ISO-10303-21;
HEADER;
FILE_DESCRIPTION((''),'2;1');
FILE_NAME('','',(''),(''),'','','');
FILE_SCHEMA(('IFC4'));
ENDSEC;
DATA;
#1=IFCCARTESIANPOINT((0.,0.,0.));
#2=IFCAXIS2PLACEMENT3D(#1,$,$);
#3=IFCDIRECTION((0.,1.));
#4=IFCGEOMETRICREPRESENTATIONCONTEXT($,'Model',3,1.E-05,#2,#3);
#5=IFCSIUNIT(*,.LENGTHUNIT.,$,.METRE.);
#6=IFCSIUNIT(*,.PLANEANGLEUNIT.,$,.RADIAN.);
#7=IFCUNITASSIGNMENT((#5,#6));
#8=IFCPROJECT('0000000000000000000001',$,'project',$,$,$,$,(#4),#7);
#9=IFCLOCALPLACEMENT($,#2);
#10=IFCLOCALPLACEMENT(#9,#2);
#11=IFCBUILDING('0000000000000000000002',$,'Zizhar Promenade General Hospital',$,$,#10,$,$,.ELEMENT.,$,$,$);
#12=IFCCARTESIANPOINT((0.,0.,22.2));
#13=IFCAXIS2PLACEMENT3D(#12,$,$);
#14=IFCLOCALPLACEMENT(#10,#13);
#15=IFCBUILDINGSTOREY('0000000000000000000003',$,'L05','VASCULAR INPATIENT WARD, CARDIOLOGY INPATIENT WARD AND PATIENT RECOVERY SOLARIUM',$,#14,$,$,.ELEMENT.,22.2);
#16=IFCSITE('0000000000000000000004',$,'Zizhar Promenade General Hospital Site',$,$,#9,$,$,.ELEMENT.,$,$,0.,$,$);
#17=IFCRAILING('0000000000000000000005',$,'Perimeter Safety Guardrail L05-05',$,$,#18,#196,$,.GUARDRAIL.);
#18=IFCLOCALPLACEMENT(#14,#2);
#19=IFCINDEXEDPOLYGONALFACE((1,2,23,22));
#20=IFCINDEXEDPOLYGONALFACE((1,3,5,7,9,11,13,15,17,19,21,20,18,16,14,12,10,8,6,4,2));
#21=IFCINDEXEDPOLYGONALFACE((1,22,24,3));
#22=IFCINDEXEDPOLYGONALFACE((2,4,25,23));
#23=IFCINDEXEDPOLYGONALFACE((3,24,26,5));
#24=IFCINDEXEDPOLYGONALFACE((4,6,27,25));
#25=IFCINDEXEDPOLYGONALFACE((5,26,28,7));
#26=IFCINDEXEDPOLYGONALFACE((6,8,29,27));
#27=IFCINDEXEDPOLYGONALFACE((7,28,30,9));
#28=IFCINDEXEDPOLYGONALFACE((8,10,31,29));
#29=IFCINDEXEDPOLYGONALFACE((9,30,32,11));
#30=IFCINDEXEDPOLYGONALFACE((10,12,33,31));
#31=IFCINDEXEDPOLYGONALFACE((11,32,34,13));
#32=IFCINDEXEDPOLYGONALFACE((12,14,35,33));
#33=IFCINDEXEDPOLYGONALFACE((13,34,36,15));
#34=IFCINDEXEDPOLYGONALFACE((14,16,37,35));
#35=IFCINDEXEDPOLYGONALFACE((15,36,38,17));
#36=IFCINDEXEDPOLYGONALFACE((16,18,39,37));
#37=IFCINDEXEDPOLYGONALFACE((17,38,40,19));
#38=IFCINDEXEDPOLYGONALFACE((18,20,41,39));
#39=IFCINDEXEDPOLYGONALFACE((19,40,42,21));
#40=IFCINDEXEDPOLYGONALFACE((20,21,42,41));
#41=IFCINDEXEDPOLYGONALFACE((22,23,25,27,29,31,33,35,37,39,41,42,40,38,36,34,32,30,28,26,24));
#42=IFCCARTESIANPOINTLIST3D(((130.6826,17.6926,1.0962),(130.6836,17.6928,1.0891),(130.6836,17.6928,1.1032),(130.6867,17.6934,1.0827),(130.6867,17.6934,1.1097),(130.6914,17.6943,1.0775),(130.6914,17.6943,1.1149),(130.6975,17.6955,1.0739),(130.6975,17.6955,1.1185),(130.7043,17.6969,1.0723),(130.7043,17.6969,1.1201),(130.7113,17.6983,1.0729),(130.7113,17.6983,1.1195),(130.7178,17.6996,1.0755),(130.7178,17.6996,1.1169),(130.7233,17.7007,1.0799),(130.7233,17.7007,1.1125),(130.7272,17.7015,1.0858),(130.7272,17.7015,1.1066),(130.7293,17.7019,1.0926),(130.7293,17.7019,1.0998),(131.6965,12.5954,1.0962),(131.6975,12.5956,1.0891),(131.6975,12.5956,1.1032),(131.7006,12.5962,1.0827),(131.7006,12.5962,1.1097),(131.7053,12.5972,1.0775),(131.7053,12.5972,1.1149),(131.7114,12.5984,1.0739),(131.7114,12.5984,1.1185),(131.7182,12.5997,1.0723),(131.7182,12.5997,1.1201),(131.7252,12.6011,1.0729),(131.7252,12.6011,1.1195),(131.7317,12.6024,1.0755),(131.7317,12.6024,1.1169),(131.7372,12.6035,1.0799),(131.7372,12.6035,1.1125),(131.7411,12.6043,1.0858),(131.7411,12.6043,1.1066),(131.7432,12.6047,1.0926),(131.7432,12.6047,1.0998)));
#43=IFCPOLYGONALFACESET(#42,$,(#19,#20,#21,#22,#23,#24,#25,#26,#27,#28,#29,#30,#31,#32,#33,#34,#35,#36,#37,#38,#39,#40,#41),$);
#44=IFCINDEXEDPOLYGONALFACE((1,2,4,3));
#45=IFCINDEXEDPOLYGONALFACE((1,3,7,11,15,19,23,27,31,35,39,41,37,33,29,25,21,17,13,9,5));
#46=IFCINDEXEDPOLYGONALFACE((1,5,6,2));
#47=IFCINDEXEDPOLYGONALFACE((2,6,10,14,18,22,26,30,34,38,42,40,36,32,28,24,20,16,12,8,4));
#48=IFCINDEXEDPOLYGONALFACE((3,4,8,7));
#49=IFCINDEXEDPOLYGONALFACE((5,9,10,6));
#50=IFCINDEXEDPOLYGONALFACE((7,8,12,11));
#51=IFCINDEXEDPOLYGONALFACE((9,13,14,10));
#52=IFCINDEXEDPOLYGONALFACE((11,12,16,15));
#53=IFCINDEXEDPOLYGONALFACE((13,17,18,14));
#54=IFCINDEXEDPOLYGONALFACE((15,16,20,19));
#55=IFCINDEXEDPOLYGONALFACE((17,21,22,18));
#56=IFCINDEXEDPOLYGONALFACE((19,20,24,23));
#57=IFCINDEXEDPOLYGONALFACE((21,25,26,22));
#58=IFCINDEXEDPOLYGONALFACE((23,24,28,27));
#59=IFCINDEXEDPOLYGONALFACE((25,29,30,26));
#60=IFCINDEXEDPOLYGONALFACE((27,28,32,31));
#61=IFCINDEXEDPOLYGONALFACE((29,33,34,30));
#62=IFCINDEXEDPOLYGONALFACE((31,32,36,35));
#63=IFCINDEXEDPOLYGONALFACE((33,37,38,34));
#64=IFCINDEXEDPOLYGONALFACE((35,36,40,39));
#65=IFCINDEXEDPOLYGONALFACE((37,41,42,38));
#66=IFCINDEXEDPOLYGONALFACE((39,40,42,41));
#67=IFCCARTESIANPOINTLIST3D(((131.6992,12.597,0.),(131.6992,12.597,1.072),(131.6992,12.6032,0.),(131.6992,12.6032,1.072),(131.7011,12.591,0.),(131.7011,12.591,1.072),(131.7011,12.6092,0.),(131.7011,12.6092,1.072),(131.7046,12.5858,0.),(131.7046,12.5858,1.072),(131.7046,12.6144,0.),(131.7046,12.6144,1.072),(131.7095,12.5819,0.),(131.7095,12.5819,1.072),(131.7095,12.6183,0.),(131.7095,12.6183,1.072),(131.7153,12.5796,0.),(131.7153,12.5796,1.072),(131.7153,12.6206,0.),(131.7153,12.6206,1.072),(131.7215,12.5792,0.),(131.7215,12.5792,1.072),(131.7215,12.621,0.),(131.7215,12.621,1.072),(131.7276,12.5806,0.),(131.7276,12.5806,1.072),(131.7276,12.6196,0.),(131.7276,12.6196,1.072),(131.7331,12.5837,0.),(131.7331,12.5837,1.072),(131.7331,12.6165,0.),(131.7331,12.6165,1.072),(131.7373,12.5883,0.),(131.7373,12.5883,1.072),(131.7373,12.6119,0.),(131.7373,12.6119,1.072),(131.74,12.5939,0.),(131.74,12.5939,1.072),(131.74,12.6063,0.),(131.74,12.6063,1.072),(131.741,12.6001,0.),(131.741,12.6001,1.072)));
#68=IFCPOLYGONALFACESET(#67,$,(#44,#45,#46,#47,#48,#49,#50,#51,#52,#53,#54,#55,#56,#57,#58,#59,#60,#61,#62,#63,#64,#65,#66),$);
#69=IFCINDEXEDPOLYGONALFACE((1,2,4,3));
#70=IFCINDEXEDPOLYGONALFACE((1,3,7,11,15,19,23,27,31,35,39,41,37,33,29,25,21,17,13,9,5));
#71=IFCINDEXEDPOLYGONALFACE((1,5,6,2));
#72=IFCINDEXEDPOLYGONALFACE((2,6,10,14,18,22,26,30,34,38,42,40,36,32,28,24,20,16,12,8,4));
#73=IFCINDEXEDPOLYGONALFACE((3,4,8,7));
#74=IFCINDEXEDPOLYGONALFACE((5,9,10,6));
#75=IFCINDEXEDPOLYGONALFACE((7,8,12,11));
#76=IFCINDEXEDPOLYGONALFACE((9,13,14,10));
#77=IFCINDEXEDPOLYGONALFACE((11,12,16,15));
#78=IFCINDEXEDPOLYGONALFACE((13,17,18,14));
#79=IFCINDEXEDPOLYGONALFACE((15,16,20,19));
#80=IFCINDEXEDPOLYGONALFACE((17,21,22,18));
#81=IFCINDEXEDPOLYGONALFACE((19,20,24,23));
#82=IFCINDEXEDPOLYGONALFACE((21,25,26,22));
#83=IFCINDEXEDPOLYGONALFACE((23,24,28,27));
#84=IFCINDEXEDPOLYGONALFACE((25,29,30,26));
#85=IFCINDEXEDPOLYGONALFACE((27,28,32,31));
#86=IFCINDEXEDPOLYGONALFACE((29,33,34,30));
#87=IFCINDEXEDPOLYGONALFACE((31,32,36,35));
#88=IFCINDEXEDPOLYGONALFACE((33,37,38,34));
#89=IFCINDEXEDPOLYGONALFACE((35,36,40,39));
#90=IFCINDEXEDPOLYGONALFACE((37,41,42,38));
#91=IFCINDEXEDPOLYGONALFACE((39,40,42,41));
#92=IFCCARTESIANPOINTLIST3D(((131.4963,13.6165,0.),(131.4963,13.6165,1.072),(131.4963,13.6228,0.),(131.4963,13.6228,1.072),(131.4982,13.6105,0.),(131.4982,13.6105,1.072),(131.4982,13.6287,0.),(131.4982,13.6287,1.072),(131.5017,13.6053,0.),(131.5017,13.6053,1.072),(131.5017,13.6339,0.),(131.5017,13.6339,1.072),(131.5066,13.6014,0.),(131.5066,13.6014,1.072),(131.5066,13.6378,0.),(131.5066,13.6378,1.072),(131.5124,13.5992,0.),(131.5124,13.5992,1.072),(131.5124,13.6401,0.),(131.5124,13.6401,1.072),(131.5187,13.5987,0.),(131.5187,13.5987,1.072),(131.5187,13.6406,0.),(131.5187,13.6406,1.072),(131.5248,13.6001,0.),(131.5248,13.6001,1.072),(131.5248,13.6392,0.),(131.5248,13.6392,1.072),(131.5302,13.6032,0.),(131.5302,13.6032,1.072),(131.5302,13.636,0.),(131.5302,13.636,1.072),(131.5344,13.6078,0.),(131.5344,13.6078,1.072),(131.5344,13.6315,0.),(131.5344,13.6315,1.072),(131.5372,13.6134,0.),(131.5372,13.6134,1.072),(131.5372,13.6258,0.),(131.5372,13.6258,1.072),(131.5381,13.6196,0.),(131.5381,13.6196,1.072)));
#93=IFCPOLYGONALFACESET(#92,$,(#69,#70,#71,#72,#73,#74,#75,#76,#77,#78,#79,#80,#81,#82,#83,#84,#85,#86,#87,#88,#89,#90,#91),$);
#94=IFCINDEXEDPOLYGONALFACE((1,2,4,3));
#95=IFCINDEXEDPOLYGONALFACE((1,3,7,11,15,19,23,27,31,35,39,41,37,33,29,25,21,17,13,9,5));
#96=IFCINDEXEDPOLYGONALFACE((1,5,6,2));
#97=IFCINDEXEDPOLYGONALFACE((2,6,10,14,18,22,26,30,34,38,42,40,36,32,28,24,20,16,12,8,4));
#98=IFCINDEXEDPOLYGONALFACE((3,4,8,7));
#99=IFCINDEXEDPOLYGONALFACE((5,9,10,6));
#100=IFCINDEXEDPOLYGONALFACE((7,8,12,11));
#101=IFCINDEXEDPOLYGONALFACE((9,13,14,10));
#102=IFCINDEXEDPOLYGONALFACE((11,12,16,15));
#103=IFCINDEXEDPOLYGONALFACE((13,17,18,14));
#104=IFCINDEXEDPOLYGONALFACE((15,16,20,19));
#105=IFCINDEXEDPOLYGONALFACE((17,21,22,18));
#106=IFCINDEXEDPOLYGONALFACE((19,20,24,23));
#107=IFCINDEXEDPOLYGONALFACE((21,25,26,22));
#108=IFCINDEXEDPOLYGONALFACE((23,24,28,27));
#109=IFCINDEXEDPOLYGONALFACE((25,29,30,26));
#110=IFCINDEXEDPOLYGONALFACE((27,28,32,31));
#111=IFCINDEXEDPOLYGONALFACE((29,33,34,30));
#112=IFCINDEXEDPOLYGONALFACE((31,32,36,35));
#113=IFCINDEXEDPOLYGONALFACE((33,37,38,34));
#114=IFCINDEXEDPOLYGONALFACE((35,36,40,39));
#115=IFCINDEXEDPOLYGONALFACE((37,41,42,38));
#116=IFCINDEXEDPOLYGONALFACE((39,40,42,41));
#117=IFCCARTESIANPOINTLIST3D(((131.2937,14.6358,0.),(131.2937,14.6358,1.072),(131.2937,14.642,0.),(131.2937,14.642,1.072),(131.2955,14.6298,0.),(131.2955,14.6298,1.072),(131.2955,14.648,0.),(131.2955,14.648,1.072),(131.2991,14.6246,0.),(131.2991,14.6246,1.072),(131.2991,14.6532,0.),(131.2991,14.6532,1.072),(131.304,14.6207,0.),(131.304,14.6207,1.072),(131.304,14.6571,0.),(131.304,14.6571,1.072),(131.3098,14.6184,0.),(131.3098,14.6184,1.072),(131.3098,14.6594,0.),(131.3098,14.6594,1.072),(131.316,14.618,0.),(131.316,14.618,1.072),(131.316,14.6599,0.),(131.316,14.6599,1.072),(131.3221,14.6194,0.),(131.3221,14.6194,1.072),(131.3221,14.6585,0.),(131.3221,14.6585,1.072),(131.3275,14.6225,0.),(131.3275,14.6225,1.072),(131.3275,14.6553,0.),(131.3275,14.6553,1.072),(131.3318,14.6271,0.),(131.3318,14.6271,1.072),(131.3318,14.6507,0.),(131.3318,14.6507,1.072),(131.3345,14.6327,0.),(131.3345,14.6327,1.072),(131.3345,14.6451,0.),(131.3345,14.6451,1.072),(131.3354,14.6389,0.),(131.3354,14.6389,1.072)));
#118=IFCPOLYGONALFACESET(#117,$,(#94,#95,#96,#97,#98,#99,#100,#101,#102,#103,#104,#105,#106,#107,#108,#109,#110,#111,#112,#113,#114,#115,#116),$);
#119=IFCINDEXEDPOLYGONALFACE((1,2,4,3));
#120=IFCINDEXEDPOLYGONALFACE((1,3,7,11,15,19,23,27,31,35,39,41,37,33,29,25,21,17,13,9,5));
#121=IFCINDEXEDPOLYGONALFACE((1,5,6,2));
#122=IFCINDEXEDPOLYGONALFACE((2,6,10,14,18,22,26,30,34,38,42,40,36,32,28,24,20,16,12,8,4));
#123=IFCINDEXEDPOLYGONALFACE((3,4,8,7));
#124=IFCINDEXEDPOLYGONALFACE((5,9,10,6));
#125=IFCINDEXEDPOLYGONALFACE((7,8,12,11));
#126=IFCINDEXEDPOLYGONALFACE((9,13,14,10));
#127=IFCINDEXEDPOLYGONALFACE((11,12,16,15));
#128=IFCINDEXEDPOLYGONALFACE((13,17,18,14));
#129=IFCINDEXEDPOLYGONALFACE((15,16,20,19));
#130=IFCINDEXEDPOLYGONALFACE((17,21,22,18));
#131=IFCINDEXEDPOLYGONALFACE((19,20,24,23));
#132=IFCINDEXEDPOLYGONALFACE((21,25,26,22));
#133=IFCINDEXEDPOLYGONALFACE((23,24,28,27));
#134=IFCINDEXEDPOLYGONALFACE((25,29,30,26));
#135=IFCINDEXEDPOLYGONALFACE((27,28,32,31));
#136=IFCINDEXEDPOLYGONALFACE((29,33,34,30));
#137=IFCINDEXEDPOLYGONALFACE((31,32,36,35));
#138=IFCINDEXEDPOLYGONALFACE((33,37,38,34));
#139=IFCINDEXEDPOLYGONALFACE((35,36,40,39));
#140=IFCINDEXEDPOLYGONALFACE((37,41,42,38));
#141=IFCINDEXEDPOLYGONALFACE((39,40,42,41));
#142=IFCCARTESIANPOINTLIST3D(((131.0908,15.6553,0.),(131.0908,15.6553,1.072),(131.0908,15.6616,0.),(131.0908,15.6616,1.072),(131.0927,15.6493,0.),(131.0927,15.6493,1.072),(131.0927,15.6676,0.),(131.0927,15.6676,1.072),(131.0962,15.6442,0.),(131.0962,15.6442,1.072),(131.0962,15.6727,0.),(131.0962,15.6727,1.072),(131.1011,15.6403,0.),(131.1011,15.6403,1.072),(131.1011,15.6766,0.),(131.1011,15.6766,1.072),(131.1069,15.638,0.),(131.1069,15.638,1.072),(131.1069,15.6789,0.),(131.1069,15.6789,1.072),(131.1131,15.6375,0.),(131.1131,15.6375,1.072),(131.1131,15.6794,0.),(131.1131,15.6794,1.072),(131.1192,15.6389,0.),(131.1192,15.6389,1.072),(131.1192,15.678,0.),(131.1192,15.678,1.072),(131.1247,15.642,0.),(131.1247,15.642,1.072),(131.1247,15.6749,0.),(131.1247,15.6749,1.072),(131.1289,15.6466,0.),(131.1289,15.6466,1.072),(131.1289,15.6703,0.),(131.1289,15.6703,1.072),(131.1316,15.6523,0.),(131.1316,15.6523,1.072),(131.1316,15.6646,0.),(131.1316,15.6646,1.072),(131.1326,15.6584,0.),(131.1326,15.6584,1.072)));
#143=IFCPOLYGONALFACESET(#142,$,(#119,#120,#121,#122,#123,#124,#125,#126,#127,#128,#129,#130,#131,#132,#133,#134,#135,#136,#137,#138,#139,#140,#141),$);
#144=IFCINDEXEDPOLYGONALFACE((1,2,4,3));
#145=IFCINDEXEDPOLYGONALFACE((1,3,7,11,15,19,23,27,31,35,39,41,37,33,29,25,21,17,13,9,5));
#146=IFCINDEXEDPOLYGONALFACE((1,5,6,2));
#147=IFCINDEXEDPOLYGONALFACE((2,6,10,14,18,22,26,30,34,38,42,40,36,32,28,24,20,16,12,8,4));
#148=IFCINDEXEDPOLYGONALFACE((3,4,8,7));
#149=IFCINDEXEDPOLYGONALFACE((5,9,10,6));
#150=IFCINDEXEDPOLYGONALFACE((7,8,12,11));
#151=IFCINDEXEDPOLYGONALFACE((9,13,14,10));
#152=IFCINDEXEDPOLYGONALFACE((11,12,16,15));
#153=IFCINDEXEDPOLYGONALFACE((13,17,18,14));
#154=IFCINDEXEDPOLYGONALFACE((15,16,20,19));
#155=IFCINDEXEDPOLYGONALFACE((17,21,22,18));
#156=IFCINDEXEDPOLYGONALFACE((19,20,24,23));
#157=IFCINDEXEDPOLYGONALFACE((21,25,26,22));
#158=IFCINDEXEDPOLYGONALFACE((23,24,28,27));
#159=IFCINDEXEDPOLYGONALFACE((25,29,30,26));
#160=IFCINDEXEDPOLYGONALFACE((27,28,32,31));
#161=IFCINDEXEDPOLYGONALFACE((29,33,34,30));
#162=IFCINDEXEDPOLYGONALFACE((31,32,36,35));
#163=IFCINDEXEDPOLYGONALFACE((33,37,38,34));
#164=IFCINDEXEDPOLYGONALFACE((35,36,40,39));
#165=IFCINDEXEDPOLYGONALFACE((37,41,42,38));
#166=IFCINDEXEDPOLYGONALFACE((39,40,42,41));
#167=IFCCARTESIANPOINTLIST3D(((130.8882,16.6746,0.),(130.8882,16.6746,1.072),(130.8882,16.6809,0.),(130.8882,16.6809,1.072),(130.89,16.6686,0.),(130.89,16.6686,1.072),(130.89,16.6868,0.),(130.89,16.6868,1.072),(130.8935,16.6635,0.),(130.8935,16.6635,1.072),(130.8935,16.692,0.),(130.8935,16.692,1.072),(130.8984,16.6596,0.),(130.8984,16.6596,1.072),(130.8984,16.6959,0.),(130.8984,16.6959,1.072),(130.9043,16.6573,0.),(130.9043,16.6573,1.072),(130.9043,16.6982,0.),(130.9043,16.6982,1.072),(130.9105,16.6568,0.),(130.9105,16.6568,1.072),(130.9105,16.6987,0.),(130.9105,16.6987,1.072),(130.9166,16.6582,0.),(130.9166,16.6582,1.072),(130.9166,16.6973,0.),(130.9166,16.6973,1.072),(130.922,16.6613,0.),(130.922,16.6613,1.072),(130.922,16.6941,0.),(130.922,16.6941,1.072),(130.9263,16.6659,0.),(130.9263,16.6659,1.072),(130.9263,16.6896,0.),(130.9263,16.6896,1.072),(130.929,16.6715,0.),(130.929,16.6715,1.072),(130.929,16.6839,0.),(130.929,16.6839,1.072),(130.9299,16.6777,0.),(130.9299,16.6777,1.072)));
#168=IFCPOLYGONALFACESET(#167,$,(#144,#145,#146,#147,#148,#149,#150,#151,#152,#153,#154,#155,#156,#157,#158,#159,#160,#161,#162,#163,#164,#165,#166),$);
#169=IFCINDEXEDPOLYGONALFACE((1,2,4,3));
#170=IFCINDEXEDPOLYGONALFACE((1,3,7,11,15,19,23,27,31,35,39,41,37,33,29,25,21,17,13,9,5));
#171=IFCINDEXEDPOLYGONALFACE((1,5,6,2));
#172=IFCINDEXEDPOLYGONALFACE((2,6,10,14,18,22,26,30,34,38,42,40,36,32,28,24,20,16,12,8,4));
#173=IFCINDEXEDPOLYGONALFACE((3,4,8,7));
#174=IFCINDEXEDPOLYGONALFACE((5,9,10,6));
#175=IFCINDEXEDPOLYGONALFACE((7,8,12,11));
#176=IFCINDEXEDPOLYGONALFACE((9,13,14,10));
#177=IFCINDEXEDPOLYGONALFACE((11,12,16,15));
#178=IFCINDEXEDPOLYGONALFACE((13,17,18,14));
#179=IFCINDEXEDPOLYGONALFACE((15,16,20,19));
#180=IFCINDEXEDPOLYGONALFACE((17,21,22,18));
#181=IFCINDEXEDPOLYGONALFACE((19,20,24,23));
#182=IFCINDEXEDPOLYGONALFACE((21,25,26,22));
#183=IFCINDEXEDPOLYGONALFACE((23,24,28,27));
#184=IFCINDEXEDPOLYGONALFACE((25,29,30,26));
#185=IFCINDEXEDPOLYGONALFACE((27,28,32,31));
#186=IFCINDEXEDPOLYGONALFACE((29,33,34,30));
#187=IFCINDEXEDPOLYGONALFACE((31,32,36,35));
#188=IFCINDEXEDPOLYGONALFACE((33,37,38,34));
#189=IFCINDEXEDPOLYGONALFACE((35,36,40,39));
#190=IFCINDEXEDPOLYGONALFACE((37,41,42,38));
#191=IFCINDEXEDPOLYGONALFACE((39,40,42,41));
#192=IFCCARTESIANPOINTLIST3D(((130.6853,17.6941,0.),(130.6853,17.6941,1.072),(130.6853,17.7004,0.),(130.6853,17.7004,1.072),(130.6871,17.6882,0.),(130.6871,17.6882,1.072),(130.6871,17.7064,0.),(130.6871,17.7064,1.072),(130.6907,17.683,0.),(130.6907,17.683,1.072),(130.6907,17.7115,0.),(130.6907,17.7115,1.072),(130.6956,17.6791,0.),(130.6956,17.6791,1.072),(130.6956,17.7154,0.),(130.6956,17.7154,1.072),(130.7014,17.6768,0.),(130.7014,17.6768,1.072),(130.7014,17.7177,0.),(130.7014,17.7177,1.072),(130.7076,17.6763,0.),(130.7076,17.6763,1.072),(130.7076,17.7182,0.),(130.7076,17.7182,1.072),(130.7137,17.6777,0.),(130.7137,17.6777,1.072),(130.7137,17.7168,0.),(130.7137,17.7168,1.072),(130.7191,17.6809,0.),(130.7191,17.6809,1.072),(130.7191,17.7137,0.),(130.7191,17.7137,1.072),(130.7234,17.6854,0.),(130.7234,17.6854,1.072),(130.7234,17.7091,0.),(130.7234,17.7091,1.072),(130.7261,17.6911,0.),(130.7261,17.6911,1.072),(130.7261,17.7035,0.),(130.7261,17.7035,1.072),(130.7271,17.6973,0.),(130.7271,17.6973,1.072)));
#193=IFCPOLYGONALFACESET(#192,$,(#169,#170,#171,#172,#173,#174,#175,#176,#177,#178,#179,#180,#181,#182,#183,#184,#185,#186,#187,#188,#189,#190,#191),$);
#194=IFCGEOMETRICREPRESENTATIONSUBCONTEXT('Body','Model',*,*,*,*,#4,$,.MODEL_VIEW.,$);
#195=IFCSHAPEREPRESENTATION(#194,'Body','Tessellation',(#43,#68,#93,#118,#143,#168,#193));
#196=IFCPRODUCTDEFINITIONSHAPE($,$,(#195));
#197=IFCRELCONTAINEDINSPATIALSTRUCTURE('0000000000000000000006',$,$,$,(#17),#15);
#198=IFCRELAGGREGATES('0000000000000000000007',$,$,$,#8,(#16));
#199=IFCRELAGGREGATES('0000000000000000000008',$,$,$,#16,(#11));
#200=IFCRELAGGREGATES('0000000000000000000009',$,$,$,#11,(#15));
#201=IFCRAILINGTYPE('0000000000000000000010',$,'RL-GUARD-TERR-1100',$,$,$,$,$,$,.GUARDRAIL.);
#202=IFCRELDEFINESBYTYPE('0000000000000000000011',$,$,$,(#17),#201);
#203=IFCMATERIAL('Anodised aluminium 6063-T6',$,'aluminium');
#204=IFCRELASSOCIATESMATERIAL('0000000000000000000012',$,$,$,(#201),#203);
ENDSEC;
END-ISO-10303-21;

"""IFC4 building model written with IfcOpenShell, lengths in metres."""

from ifc_helpers import new_model, si_unit, direction, frame, origin, origin_2d, place, context, subcontext, project, spatial, circle, hollow_circle, extrude, material, material_profile, profile_set, type_object, element, save


model = new_model("IFC4")

# Units and contexts
model_context = context("Model", 3, precision=1e-05, world=origin(), true_north=direction((0.0, 1.0)))
body_context = subcontext(model_context, "Body", "Model", "MODEL_VIEW")
ifc_project = project(units=[si_unit("LENGTHUNIT", "METRE"), si_unit("PLANEANGLEUNIT", "RADIAN")], contexts=[model_context])

# Site, building, storey
site_placement = place(None, origin())
site = spatial("IfcSite", under=ifc_project, at=site_placement, Name="Zizhar Promenade General Hospital Site", CompositionType="ELEMENT", RefElevation=0.0)
building_placement = place(site_placement, origin())
building = spatial("IfcBuilding", under=site, at=building_placement, Name="Zizhar Promenade General Hospital", CompositionType="ELEMENT")
storey_placement = place(building_placement, frame((0.0, 0.0, 22.2)))
storey = spatial("IfcBuildingStorey", under=building, at=storey_placement, Name="L05", Description="VASCULAR INPATIENT WARD, CARDIOLOGY INPATIENT WARD AND PATIENT RECOVERY SOLARIUM", CompositionType="ELEMENT", Elevation=22.2)

# Railing
ifc_material_1 = material(Name="Anodised aluminium 6063-T6", Category="aluminium")
ifc_material_profile_1 = material_profile(ifc_material_1, hollow_circle(Radius=0.0698, WallThickness=0.0063, at=origin_2d()))
ifc_profile_set_1 = profile_set([ifc_material_profile_1], Name="Anodised aluminium 6063-T6")
railing_type = type_object("IfcRailingType", Name="RL-GUARD-TERR-1100", PredefinedType="GUARDRAIL", material=ifc_profile_set_1)
railing_1_placement = place(storey_placement, frame((131.72, 12.6001, 0.0)))
element("IfcRailing", 1, at=railing_1_placement, inside=storey, type_object=railing_type, Name="Perimeter Safety Guardrail L05-05", PredefinedType="GUARDRAIL", context=body_context, shape_type="SweptSolid", body=[
    extrude(circle(Radius=0.0239, at=origin_2d()), frame((0.0, 0.0, 1.0962), z_axis=(-0.195095, 0.980784, 0.0), x_axis=(-0.980784, -0.195095, 0.0)), (0.0, 0.0, 1.0), 5.197),
    extrude(circle(Radius=0.021, at=origin_2d()), origin(), (0.0, 0.0, 1.0), 1.072),
    extrude(circle(Radius=0.021, at=origin_2d()), frame((-0.2029, 1.0195, 0.0)), (0.0, 0.0, 1.0), 1.072),
    extrude(circle(Radius=0.021, at=origin_2d()), frame((-0.4055, 2.0388, 0.0)), (0.0, 0.0, 1.0), 1.072),
    extrude(circle(Radius=0.021, at=origin_2d()), frame((-0.6084, 3.0583, 0.0)), (0.0, 0.0, 1.0), 1.072),
    extrude(circle(Radius=0.021, at=origin_2d()), frame((-0.811, 4.0776, 0.0)), (0.0, 0.0, 1.0), 1.072),
    extrude(circle(Radius=0.021, at=origin_2d()), frame((-1.0139, 5.0972, 0.0)), (0.0, 0.0, 1.0), 1.072),
])

save(model, "model.ifc")
